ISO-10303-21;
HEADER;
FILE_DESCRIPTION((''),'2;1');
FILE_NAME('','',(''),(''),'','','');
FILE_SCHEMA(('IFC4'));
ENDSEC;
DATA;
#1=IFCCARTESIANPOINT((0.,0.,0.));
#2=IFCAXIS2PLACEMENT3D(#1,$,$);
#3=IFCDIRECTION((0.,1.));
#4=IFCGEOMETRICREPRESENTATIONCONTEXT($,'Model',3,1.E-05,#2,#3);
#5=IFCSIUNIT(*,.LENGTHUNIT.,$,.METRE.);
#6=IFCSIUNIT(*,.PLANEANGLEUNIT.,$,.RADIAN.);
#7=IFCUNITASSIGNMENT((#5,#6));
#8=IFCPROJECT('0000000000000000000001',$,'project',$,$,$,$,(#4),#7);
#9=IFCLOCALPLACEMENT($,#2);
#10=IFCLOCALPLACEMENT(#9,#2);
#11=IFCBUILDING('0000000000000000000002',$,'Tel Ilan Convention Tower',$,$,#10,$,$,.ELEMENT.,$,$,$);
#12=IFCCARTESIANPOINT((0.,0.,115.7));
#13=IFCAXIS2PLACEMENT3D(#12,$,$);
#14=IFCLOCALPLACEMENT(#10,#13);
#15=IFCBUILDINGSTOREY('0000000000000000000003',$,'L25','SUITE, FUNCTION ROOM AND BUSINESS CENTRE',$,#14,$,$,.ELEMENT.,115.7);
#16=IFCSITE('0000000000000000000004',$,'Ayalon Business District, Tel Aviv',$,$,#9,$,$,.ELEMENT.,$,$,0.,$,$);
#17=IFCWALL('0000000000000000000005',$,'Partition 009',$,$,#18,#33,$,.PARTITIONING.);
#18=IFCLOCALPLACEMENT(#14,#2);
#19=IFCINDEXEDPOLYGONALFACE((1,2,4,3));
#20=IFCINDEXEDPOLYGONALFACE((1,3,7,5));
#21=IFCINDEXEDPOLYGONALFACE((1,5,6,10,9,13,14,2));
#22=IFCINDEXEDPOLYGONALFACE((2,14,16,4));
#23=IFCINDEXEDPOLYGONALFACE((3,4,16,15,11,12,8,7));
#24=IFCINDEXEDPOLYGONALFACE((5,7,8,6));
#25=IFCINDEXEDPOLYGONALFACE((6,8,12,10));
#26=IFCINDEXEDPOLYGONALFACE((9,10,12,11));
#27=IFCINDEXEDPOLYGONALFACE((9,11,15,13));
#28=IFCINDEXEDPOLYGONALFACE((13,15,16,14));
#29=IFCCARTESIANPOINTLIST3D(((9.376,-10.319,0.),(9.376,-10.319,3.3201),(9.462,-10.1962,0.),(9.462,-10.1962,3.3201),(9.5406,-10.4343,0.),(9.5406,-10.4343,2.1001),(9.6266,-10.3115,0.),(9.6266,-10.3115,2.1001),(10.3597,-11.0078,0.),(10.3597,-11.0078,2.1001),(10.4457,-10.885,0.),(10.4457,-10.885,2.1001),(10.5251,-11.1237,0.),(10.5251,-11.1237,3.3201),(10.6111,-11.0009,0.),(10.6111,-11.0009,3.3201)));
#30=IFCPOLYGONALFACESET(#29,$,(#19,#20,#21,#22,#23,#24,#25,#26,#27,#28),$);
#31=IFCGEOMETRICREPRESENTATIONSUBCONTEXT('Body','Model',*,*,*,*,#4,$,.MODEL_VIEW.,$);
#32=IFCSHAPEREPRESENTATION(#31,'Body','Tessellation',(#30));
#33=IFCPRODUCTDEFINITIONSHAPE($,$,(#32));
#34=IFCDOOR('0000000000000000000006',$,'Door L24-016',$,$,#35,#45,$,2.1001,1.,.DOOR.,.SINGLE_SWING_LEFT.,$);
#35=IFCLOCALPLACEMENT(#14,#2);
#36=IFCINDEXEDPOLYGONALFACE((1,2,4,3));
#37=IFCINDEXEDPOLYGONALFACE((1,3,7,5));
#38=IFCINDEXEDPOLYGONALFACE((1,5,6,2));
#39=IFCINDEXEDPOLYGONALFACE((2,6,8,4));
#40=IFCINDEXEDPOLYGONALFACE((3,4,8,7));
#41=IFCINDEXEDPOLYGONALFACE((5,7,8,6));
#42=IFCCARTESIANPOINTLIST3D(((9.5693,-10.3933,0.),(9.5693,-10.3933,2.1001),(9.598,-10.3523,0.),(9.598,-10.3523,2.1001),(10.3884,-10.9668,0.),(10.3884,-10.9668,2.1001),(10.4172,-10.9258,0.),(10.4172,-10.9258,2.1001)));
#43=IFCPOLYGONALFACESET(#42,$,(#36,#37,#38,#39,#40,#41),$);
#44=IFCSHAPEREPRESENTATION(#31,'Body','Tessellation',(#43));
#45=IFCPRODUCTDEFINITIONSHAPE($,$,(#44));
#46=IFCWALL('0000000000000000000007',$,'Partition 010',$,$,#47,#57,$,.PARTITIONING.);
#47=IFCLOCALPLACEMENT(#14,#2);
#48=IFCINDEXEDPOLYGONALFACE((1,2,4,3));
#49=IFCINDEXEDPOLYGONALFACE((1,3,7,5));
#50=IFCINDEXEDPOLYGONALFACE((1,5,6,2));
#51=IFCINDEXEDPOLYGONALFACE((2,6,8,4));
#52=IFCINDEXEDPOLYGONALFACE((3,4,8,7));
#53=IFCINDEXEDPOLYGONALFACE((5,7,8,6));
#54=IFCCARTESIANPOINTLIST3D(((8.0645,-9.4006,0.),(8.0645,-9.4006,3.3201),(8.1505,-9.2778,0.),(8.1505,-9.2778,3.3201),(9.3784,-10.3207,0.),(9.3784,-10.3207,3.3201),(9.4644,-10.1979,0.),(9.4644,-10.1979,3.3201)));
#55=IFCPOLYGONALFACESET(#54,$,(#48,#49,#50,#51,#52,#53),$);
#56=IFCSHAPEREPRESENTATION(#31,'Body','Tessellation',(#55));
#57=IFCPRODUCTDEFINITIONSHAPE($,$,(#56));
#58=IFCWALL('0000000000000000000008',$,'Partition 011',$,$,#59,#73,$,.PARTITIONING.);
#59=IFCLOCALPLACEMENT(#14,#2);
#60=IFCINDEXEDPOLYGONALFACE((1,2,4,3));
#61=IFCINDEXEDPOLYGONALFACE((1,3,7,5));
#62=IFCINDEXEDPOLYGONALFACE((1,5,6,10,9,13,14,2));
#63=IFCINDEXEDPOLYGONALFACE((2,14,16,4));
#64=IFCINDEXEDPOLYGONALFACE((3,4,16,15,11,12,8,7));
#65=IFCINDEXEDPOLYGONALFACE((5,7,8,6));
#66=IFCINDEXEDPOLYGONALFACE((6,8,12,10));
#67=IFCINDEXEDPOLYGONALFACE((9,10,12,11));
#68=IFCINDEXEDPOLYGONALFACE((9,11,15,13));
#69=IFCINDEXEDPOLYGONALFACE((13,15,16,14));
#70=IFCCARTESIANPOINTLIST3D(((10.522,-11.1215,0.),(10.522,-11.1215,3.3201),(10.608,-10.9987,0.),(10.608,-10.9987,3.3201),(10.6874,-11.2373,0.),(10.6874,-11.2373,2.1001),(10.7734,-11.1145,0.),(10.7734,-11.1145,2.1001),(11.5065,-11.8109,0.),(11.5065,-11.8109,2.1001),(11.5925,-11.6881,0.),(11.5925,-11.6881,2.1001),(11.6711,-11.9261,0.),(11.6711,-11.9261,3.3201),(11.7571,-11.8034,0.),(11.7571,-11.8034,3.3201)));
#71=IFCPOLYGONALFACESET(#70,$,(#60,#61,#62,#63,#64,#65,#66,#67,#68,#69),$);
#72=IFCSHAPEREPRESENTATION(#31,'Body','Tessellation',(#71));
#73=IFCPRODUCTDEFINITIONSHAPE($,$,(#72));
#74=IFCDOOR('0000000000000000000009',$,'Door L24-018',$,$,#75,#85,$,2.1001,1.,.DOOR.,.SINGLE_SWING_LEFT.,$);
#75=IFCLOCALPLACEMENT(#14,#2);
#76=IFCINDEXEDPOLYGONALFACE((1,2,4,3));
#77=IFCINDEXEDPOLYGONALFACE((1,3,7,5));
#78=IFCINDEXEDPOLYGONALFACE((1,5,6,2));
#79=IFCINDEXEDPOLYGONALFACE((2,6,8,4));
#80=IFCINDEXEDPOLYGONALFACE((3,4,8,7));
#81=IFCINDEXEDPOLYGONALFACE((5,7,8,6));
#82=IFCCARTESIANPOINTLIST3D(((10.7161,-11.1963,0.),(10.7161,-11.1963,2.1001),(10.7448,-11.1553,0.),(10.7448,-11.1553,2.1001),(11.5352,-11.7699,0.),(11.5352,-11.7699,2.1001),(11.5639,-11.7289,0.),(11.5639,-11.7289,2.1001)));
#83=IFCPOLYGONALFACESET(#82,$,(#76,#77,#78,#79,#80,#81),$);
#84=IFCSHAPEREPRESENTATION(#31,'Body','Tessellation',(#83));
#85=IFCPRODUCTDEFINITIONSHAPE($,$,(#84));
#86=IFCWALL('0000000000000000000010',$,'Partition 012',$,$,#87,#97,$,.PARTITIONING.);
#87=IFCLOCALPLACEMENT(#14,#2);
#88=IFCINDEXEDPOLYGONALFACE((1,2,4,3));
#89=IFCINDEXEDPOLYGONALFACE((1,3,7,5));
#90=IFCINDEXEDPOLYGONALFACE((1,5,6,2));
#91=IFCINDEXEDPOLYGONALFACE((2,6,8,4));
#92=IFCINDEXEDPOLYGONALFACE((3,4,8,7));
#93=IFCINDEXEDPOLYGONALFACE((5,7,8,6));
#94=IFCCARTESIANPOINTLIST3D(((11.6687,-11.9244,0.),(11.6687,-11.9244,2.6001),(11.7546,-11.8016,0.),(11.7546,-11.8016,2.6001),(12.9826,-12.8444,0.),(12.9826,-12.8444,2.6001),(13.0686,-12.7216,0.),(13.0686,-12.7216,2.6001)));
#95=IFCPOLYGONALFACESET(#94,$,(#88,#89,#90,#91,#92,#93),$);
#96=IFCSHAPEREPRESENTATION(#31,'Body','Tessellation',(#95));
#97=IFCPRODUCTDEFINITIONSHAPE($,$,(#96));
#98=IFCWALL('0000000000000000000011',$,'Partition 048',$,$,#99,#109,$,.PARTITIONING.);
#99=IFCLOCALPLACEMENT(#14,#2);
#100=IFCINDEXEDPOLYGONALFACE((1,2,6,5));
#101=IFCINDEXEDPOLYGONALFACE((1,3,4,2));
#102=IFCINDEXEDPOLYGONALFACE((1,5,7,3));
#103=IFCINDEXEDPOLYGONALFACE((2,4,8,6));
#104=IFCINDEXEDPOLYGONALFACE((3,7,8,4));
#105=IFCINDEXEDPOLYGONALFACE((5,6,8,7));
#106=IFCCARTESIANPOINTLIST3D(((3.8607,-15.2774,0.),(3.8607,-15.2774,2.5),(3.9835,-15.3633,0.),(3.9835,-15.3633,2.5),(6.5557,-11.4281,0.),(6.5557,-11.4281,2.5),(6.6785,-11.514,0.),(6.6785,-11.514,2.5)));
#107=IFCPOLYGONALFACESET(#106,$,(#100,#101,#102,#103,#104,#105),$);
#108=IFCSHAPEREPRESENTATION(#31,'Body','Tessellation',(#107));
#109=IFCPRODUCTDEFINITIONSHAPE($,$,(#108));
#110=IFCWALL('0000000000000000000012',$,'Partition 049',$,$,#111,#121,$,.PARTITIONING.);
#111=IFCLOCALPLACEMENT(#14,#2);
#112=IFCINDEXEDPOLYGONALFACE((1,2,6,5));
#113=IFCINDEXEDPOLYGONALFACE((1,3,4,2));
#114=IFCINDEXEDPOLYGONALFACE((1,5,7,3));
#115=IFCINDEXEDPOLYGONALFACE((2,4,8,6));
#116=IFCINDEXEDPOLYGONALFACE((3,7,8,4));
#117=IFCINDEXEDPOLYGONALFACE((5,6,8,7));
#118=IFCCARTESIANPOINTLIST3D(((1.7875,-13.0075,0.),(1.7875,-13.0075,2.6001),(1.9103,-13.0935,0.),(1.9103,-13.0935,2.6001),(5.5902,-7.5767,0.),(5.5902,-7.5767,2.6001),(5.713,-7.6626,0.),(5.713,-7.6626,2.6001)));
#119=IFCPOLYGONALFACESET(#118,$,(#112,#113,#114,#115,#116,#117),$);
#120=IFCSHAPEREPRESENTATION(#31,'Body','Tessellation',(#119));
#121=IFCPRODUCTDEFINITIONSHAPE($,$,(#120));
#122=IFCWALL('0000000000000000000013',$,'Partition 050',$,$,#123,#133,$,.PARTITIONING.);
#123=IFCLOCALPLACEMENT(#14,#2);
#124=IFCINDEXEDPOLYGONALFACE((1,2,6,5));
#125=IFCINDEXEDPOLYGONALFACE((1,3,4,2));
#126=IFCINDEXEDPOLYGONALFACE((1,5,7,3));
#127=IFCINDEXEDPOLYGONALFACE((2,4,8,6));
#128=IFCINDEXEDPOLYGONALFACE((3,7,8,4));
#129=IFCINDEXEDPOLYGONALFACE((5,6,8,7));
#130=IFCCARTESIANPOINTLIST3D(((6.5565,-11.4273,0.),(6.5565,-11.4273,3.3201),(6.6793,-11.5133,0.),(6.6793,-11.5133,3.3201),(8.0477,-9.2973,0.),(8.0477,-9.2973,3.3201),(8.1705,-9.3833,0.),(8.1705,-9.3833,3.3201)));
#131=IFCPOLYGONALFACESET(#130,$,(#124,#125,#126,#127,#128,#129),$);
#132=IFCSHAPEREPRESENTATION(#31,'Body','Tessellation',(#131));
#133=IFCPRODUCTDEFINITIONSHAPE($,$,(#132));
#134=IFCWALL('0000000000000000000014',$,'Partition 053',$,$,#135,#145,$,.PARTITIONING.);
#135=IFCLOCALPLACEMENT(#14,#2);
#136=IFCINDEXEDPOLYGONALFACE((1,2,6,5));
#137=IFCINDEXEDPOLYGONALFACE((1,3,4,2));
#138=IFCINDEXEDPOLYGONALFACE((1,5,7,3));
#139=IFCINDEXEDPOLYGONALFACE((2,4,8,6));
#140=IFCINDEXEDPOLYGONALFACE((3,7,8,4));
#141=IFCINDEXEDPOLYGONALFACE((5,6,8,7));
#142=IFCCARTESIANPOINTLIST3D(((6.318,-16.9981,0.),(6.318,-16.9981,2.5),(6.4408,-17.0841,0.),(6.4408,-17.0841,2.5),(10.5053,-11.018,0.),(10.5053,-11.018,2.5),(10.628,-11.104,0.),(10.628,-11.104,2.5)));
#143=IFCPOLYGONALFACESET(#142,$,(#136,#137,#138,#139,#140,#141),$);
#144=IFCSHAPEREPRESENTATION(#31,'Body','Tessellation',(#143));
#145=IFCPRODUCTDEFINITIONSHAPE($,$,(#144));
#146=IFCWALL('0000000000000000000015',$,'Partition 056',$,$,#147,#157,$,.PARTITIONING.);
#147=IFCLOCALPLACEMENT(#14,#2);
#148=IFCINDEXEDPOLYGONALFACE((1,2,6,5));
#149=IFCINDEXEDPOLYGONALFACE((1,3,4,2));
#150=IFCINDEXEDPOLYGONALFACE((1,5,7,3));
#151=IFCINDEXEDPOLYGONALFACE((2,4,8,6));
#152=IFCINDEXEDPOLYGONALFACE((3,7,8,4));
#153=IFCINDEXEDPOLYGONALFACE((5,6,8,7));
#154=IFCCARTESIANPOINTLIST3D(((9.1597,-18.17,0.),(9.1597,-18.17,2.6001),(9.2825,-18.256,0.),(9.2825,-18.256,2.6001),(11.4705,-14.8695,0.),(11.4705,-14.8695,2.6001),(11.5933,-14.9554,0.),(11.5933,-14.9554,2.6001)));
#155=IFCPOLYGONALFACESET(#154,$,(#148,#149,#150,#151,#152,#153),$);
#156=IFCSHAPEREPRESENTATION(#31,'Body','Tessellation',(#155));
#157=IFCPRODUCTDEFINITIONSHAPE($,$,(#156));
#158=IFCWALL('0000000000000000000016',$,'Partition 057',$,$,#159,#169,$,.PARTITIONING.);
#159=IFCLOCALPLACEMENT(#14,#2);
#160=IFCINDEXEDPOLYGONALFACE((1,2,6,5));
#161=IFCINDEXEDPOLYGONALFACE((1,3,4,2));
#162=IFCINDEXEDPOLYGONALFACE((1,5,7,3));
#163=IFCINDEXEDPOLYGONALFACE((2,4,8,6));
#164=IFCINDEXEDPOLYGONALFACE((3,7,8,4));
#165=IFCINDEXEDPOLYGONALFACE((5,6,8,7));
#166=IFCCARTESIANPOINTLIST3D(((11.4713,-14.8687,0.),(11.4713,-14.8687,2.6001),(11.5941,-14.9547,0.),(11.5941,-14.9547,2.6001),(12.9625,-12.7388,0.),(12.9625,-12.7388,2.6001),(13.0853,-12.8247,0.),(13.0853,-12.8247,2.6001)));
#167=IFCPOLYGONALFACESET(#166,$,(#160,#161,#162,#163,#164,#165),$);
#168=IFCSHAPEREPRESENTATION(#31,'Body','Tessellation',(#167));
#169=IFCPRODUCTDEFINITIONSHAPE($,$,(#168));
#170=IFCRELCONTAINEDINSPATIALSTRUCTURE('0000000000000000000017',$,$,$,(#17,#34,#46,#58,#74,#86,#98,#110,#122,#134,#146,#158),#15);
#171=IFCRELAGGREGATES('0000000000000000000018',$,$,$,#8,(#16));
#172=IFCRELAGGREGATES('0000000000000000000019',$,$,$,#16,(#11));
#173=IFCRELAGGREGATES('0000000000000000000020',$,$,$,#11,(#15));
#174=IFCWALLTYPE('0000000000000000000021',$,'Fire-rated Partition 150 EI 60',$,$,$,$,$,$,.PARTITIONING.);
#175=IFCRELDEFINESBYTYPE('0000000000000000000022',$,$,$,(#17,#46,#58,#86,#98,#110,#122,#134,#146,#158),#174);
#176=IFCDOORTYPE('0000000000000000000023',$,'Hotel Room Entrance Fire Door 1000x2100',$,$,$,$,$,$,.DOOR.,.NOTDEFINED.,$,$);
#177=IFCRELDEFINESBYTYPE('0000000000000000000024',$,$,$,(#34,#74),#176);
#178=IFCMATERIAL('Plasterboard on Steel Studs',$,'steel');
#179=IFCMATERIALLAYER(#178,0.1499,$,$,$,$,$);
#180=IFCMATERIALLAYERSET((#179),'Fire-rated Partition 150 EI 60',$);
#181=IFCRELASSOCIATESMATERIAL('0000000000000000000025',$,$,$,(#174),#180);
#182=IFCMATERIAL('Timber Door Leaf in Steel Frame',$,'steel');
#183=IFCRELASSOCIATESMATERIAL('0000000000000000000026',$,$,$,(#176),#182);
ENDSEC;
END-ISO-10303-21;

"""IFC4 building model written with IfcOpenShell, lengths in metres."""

from ifc_helpers import new_model, si_unit, direction, frame, frame_2d, origin, place, context, subcontext, project, spatial, rectangle, extrude, material, layer, layer_set, type_object, element, fill, save


model = new_model("IFC4")

# Units and contexts
model_context = context("Model", 3, precision=1e-05, world=origin(), true_north=direction((0.0, 1.0)))
body_context = subcontext(model_context, "Body", "Model", "MODEL_VIEW")
ifc_project = project(units=[si_unit("LENGTHUNIT", "METRE"), si_unit("PLANEANGLEUNIT", "RADIAN")], contexts=[model_context])

# Site, building, storey
site_placement = place(None, origin())
site = spatial("IfcSite", under=ifc_project, at=site_placement, Name="Ayalon Business District, Tel Aviv", CompositionType="ELEMENT", RefElevation=0.0)
building_placement = place(site_placement, origin())
building = spatial("IfcBuilding", under=site, at=building_placement, Name="Tel Ilan Convention Tower", CompositionType="ELEMENT")
storey_placement = place(building_placement, frame((0.0, 0.0, 115.7)))
storey = spatial("IfcBuildingStorey", under=building, at=storey_placement, Name="L25", Description="SUITE, FUNCTION ROOM AND BUSINESS CENTRE", CompositionType="ELEMENT", Elevation=115.7)

# Shared definitions
ifc_material_1 = material(Name="Plasterboard on Steel Studs", Category="steel")
ifc_layer_1 = layer(ifc_material_1, 0.1499)
ifc_layer_set_1 = layer_set([ifc_layer_1], Name="Fire-rated Partition 150 EI 60")
wall_type_1 = type_object("IfcWallType", Name="Fire-rated Partition 150 EI 60", PredefinedType="PARTITIONING", material=ifc_layer_set_1)
ifc_material_2 = material(Name="Timber Door Leaf in Steel Frame", Category="steel")
door_type_1 = type_object("IfcDoorType", Name="Hotel Room Entrance Fire Door 1000x2100", OperationType="NOTDEFINED", PredefinedType="DOOR", material=ifc_material_2)

# Wall, opening, door
wall_1_placement = place(storey_placement, frame((10.5681, -11.0623, 0.0), z_axis=(0.0, 0.0, 1.0), x_axis=(-0.819142, 0.573591, 0.0)))
wall_1 = element("IfcWall", 1, at=wall_1_placement, inside=storey, type_object=wall_type_1, Name="Partition 009", PredefinedType="PARTITIONING", context=body_context, shape_type="SweptSolid", body=[
    extrude(rectangle(XDim=1.4028, YDim=0.1499, at=frame_2d((0.7014, 0.0))), origin(), (0.0, 0.0, 1.0), 3.3201),
])
opening_1_placement = place(wall_1_placement, frame((0.2019, 0.0, 0.0)))
opening_1 = element("IfcOpeningElement", 2, at=opening_1_placement, cuts=wall_1, PredefinedType="OPENING", context=body_context, shape_type="SweptSolid", body=[
    extrude(rectangle(XDim=1.0, YDim=2.1001, at=frame_2d((0.5, 1.05))), frame((0.0, 0.085, 0.0), z_axis=(0.0, -1.0, 0.0), x_axis=(1.0, 0.0, 0.0)), (0.0, 0.0, 1.0), 0.1699),
])
door_1_placement = place(opening_1_placement, origin())
door_1 = element("IfcDoor", 3, at=door_1_placement, inside=storey, type_object=door_type_1, Name="Door L24-016", OperationType="SINGLE_SWING_LEFT", OverallHeight=2.1001, OverallWidth=1.0, PredefinedType="DOOR", context=body_context, shape_type="SweptSolid", body=[
    extrude(rectangle(XDim=1.0, YDim=2.1001, at=frame_2d((0.5, 1.05))), frame((0.0, 0.0249, 0.0), z_axis=(0.0, -1.0, 0.0), x_axis=(1.0, 0.0, 0.0)), (0.0, 0.0, 1.0), 0.05),
])
fill(opening_1, door_1)

# Wall
wall_2_placement = place(storey_placement, frame((9.4214, -10.2593, 0.0), z_axis=(0.0, 0.0, 1.0), x_axis=(-0.819118, 0.573626, 0.0)))
element("IfcWall", 4, at=wall_2_placement, inside=storey, type_object=wall_type_1, Name="Partition 010", PredefinedType="PARTITIONING", context=body_context, shape_type="SweptSolid", body=[
    extrude(rectangle(XDim=1.604, YDim=0.1499, at=frame_2d((0.802, 0.0))), origin(), (0.0, 0.0, 1.0), 3.3201),
])

# Wall, opening, door
wall_3_placement = place(storey_placement, frame((11.7141, -11.8647, 0.0), z_axis=(0.0, 0.0, 1.0), x_axis=(-0.819142, 0.573591, 0.0)))
wall_3 = element("IfcWall", 5, at=wall_3_placement, inside=storey, type_object=wall_type_1, Name="Partition 011", PredefinedType="PARTITIONING", context=body_context, shape_type="SweptSolid", body=[
    extrude(rectangle(XDim=1.4028, YDim=0.1499, at=frame_2d((0.7014, 0.0))), origin(), (0.0, 0.0, 1.0), 3.3201),
])
opening_2_placement = place(wall_3_placement, frame((0.2009, 0.0, 0.0)))
opening_2 = element("IfcOpeningElement", 6, at=opening_2_placement, cuts=wall_3, PredefinedType="OPENING", context=body_context, shape_type="SweptSolid", body=[
    extrude(rectangle(XDim=1.0, YDim=2.1001, at=frame_2d((0.5, 1.05))), frame((0.0, 0.085, 0.0), z_axis=(0.0, -1.0, 0.0), x_axis=(1.0, 0.0, 0.0)), (0.0, 0.0, 1.0), 0.1699),
])
door_2_placement = place(opening_2_placement, origin())
door_2 = element("IfcDoor", 7, at=door_2_placement, inside=storey, type_object=door_type_1, Name="Door L24-018", OperationType="SINGLE_SWING_LEFT", OverallHeight=2.1001, OverallWidth=1.0, PredefinedType="DOOR", context=body_context, shape_type="SweptSolid", body=[
    extrude(rectangle(XDim=1.0, YDim=2.1001, at=frame_2d((0.5, 1.05))), frame((0.0, 0.0249, 0.0), z_axis=(0.0, -1.0, 0.0), x_axis=(1.0, 0.0, 0.0)), (0.0, 0.0, 1.0), 0.05),
])
fill(opening_2, door_2)

# Walls
wall_4_placement = place(storey_placement, frame((13.0256, -12.783, 0.0), z_axis=(0.0, 0.0, 1.0), x_axis=(-0.819189, 0.573524, 0.0)))
element("IfcWall", 8, at=wall_4_placement, inside=storey, type_object=wall_type_1, Name="Partition 012", PredefinedType="PARTITIONING", context=body_context, shape_type="SweptSolid", body=[
    extrude(rectangle(XDim=1.604, YDim=0.1499, at=frame_2d((0.802, 0.0))), origin(), (0.0, 0.0, 1.0), 2.6001),
])
wall_5_placement = place(storey_placement, frame((6.6172, -11.4709, 0.0), z_axis=(0.0, 0.0, 1.0), x_axis=(-0.573536, -0.819181, 0.0)))
element("IfcWall", 9, at=wall_5_placement, inside=storey, type_object=wall_type_1, Name="Partition 048", PredefinedType="PARTITIONING", context=body_context, shape_type="SweptSolid", body=[
    extrude(rectangle(XDim=4.699, YDim=0.1499, at=frame_2d((2.3496, 0.0))), origin(), (0.0, 0.0, 1.0), 2.5),
])
wall_6_placement = place(storey_placement, frame((1.8489, -13.0505, 0.0), z_axis=(0.0, 0.0, 1.0), x_axis=(0.573574, 0.819154, 0.0)))
element("IfcWall", 10, at=wall_6_placement, inside=storey, type_object=wall_type_1, Name="Partition 049", PredefinedType="PARTITIONING", context=body_context, shape_type="SweptSolid", body=[
    extrude(rectangle(XDim=6.6299, YDim=0.1499, at=frame_2d((3.3149, 0.0))), origin(), (0.0, 0.0, 1.0), 2.6001),
])
wall_7_placement = place(storey_placement, frame((8.1091, -9.3403, 0.0), z_axis=(0.0, 0.0, 1.0), x_axis=(-0.573538, -0.819179, 0.0)))
element("IfcWall", 11, at=wall_7_placement, inside=storey, type_object=wall_type_1, Name="Partition 050", PredefinedType="PARTITIONING", context=body_context, shape_type="SweptSolid", body=[
    extrude(rectangle(XDim=2.6001, YDim=0.1499, at=frame_2d((1.3, 0.0))), origin(), (0.0, 0.0, 1.0), 3.3201),
])
wall_8_placement = place(storey_placement, frame((10.5667, -11.061, 0.0), z_axis=(0.0, 0.0, 1.0), x_axis=(-0.573579, -0.81915, 0.0)))
element("IfcWall", 12, at=wall_8_placement, inside=storey, type_object=wall_type_1, Name="Partition 053", PredefinedType="PARTITIONING", context=body_context, shape_type="SweptSolid", body=[
    extrude(rectangle(XDim=7.3003, YDim=0.1499, at=frame_2d((3.6501, 0.0))), origin(), (0.0, 0.0, 1.0), 2.5),
])
wall_9_placement = place(storey_placement, frame((11.532, -14.9124, 0.0), z_axis=(0.0, 0.0, 1.0), x_axis=(-0.573531, -0.819184, 0.0)))
element("IfcWall", 13, at=wall_9_placement, inside=storey, type_object=wall_type_1, Name="Partition 056", PredefinedType="PARTITIONING", context=body_context, shape_type="SweptSolid", body=[
    extrude(rectangle(XDim=4.0291, YDim=0.1499, at=frame_2d((2.0146, 0.0))), origin(), (0.0, 0.0, 1.0), 2.6001),
])
wall_10_placement = place(storey_placement, frame((13.0239, -12.7817, 0.0), z_axis=(0.0, 0.0, 1.0), x_axis=(-0.573538, -0.819179, 0.0)))
element("IfcWall", 14, at=wall_10_placement, inside=storey, type_object=wall_type_1, Name="Partition 057", PredefinedType="PARTITIONING", context=body_context, shape_type="SweptSolid", body=[
    extrude(rectangle(XDim=2.6001, YDim=0.1499, at=frame_2d((1.3, 0.0))), origin(), (0.0, 0.0, 1.0), 2.6001),
])

save(model, "model.ifc")
